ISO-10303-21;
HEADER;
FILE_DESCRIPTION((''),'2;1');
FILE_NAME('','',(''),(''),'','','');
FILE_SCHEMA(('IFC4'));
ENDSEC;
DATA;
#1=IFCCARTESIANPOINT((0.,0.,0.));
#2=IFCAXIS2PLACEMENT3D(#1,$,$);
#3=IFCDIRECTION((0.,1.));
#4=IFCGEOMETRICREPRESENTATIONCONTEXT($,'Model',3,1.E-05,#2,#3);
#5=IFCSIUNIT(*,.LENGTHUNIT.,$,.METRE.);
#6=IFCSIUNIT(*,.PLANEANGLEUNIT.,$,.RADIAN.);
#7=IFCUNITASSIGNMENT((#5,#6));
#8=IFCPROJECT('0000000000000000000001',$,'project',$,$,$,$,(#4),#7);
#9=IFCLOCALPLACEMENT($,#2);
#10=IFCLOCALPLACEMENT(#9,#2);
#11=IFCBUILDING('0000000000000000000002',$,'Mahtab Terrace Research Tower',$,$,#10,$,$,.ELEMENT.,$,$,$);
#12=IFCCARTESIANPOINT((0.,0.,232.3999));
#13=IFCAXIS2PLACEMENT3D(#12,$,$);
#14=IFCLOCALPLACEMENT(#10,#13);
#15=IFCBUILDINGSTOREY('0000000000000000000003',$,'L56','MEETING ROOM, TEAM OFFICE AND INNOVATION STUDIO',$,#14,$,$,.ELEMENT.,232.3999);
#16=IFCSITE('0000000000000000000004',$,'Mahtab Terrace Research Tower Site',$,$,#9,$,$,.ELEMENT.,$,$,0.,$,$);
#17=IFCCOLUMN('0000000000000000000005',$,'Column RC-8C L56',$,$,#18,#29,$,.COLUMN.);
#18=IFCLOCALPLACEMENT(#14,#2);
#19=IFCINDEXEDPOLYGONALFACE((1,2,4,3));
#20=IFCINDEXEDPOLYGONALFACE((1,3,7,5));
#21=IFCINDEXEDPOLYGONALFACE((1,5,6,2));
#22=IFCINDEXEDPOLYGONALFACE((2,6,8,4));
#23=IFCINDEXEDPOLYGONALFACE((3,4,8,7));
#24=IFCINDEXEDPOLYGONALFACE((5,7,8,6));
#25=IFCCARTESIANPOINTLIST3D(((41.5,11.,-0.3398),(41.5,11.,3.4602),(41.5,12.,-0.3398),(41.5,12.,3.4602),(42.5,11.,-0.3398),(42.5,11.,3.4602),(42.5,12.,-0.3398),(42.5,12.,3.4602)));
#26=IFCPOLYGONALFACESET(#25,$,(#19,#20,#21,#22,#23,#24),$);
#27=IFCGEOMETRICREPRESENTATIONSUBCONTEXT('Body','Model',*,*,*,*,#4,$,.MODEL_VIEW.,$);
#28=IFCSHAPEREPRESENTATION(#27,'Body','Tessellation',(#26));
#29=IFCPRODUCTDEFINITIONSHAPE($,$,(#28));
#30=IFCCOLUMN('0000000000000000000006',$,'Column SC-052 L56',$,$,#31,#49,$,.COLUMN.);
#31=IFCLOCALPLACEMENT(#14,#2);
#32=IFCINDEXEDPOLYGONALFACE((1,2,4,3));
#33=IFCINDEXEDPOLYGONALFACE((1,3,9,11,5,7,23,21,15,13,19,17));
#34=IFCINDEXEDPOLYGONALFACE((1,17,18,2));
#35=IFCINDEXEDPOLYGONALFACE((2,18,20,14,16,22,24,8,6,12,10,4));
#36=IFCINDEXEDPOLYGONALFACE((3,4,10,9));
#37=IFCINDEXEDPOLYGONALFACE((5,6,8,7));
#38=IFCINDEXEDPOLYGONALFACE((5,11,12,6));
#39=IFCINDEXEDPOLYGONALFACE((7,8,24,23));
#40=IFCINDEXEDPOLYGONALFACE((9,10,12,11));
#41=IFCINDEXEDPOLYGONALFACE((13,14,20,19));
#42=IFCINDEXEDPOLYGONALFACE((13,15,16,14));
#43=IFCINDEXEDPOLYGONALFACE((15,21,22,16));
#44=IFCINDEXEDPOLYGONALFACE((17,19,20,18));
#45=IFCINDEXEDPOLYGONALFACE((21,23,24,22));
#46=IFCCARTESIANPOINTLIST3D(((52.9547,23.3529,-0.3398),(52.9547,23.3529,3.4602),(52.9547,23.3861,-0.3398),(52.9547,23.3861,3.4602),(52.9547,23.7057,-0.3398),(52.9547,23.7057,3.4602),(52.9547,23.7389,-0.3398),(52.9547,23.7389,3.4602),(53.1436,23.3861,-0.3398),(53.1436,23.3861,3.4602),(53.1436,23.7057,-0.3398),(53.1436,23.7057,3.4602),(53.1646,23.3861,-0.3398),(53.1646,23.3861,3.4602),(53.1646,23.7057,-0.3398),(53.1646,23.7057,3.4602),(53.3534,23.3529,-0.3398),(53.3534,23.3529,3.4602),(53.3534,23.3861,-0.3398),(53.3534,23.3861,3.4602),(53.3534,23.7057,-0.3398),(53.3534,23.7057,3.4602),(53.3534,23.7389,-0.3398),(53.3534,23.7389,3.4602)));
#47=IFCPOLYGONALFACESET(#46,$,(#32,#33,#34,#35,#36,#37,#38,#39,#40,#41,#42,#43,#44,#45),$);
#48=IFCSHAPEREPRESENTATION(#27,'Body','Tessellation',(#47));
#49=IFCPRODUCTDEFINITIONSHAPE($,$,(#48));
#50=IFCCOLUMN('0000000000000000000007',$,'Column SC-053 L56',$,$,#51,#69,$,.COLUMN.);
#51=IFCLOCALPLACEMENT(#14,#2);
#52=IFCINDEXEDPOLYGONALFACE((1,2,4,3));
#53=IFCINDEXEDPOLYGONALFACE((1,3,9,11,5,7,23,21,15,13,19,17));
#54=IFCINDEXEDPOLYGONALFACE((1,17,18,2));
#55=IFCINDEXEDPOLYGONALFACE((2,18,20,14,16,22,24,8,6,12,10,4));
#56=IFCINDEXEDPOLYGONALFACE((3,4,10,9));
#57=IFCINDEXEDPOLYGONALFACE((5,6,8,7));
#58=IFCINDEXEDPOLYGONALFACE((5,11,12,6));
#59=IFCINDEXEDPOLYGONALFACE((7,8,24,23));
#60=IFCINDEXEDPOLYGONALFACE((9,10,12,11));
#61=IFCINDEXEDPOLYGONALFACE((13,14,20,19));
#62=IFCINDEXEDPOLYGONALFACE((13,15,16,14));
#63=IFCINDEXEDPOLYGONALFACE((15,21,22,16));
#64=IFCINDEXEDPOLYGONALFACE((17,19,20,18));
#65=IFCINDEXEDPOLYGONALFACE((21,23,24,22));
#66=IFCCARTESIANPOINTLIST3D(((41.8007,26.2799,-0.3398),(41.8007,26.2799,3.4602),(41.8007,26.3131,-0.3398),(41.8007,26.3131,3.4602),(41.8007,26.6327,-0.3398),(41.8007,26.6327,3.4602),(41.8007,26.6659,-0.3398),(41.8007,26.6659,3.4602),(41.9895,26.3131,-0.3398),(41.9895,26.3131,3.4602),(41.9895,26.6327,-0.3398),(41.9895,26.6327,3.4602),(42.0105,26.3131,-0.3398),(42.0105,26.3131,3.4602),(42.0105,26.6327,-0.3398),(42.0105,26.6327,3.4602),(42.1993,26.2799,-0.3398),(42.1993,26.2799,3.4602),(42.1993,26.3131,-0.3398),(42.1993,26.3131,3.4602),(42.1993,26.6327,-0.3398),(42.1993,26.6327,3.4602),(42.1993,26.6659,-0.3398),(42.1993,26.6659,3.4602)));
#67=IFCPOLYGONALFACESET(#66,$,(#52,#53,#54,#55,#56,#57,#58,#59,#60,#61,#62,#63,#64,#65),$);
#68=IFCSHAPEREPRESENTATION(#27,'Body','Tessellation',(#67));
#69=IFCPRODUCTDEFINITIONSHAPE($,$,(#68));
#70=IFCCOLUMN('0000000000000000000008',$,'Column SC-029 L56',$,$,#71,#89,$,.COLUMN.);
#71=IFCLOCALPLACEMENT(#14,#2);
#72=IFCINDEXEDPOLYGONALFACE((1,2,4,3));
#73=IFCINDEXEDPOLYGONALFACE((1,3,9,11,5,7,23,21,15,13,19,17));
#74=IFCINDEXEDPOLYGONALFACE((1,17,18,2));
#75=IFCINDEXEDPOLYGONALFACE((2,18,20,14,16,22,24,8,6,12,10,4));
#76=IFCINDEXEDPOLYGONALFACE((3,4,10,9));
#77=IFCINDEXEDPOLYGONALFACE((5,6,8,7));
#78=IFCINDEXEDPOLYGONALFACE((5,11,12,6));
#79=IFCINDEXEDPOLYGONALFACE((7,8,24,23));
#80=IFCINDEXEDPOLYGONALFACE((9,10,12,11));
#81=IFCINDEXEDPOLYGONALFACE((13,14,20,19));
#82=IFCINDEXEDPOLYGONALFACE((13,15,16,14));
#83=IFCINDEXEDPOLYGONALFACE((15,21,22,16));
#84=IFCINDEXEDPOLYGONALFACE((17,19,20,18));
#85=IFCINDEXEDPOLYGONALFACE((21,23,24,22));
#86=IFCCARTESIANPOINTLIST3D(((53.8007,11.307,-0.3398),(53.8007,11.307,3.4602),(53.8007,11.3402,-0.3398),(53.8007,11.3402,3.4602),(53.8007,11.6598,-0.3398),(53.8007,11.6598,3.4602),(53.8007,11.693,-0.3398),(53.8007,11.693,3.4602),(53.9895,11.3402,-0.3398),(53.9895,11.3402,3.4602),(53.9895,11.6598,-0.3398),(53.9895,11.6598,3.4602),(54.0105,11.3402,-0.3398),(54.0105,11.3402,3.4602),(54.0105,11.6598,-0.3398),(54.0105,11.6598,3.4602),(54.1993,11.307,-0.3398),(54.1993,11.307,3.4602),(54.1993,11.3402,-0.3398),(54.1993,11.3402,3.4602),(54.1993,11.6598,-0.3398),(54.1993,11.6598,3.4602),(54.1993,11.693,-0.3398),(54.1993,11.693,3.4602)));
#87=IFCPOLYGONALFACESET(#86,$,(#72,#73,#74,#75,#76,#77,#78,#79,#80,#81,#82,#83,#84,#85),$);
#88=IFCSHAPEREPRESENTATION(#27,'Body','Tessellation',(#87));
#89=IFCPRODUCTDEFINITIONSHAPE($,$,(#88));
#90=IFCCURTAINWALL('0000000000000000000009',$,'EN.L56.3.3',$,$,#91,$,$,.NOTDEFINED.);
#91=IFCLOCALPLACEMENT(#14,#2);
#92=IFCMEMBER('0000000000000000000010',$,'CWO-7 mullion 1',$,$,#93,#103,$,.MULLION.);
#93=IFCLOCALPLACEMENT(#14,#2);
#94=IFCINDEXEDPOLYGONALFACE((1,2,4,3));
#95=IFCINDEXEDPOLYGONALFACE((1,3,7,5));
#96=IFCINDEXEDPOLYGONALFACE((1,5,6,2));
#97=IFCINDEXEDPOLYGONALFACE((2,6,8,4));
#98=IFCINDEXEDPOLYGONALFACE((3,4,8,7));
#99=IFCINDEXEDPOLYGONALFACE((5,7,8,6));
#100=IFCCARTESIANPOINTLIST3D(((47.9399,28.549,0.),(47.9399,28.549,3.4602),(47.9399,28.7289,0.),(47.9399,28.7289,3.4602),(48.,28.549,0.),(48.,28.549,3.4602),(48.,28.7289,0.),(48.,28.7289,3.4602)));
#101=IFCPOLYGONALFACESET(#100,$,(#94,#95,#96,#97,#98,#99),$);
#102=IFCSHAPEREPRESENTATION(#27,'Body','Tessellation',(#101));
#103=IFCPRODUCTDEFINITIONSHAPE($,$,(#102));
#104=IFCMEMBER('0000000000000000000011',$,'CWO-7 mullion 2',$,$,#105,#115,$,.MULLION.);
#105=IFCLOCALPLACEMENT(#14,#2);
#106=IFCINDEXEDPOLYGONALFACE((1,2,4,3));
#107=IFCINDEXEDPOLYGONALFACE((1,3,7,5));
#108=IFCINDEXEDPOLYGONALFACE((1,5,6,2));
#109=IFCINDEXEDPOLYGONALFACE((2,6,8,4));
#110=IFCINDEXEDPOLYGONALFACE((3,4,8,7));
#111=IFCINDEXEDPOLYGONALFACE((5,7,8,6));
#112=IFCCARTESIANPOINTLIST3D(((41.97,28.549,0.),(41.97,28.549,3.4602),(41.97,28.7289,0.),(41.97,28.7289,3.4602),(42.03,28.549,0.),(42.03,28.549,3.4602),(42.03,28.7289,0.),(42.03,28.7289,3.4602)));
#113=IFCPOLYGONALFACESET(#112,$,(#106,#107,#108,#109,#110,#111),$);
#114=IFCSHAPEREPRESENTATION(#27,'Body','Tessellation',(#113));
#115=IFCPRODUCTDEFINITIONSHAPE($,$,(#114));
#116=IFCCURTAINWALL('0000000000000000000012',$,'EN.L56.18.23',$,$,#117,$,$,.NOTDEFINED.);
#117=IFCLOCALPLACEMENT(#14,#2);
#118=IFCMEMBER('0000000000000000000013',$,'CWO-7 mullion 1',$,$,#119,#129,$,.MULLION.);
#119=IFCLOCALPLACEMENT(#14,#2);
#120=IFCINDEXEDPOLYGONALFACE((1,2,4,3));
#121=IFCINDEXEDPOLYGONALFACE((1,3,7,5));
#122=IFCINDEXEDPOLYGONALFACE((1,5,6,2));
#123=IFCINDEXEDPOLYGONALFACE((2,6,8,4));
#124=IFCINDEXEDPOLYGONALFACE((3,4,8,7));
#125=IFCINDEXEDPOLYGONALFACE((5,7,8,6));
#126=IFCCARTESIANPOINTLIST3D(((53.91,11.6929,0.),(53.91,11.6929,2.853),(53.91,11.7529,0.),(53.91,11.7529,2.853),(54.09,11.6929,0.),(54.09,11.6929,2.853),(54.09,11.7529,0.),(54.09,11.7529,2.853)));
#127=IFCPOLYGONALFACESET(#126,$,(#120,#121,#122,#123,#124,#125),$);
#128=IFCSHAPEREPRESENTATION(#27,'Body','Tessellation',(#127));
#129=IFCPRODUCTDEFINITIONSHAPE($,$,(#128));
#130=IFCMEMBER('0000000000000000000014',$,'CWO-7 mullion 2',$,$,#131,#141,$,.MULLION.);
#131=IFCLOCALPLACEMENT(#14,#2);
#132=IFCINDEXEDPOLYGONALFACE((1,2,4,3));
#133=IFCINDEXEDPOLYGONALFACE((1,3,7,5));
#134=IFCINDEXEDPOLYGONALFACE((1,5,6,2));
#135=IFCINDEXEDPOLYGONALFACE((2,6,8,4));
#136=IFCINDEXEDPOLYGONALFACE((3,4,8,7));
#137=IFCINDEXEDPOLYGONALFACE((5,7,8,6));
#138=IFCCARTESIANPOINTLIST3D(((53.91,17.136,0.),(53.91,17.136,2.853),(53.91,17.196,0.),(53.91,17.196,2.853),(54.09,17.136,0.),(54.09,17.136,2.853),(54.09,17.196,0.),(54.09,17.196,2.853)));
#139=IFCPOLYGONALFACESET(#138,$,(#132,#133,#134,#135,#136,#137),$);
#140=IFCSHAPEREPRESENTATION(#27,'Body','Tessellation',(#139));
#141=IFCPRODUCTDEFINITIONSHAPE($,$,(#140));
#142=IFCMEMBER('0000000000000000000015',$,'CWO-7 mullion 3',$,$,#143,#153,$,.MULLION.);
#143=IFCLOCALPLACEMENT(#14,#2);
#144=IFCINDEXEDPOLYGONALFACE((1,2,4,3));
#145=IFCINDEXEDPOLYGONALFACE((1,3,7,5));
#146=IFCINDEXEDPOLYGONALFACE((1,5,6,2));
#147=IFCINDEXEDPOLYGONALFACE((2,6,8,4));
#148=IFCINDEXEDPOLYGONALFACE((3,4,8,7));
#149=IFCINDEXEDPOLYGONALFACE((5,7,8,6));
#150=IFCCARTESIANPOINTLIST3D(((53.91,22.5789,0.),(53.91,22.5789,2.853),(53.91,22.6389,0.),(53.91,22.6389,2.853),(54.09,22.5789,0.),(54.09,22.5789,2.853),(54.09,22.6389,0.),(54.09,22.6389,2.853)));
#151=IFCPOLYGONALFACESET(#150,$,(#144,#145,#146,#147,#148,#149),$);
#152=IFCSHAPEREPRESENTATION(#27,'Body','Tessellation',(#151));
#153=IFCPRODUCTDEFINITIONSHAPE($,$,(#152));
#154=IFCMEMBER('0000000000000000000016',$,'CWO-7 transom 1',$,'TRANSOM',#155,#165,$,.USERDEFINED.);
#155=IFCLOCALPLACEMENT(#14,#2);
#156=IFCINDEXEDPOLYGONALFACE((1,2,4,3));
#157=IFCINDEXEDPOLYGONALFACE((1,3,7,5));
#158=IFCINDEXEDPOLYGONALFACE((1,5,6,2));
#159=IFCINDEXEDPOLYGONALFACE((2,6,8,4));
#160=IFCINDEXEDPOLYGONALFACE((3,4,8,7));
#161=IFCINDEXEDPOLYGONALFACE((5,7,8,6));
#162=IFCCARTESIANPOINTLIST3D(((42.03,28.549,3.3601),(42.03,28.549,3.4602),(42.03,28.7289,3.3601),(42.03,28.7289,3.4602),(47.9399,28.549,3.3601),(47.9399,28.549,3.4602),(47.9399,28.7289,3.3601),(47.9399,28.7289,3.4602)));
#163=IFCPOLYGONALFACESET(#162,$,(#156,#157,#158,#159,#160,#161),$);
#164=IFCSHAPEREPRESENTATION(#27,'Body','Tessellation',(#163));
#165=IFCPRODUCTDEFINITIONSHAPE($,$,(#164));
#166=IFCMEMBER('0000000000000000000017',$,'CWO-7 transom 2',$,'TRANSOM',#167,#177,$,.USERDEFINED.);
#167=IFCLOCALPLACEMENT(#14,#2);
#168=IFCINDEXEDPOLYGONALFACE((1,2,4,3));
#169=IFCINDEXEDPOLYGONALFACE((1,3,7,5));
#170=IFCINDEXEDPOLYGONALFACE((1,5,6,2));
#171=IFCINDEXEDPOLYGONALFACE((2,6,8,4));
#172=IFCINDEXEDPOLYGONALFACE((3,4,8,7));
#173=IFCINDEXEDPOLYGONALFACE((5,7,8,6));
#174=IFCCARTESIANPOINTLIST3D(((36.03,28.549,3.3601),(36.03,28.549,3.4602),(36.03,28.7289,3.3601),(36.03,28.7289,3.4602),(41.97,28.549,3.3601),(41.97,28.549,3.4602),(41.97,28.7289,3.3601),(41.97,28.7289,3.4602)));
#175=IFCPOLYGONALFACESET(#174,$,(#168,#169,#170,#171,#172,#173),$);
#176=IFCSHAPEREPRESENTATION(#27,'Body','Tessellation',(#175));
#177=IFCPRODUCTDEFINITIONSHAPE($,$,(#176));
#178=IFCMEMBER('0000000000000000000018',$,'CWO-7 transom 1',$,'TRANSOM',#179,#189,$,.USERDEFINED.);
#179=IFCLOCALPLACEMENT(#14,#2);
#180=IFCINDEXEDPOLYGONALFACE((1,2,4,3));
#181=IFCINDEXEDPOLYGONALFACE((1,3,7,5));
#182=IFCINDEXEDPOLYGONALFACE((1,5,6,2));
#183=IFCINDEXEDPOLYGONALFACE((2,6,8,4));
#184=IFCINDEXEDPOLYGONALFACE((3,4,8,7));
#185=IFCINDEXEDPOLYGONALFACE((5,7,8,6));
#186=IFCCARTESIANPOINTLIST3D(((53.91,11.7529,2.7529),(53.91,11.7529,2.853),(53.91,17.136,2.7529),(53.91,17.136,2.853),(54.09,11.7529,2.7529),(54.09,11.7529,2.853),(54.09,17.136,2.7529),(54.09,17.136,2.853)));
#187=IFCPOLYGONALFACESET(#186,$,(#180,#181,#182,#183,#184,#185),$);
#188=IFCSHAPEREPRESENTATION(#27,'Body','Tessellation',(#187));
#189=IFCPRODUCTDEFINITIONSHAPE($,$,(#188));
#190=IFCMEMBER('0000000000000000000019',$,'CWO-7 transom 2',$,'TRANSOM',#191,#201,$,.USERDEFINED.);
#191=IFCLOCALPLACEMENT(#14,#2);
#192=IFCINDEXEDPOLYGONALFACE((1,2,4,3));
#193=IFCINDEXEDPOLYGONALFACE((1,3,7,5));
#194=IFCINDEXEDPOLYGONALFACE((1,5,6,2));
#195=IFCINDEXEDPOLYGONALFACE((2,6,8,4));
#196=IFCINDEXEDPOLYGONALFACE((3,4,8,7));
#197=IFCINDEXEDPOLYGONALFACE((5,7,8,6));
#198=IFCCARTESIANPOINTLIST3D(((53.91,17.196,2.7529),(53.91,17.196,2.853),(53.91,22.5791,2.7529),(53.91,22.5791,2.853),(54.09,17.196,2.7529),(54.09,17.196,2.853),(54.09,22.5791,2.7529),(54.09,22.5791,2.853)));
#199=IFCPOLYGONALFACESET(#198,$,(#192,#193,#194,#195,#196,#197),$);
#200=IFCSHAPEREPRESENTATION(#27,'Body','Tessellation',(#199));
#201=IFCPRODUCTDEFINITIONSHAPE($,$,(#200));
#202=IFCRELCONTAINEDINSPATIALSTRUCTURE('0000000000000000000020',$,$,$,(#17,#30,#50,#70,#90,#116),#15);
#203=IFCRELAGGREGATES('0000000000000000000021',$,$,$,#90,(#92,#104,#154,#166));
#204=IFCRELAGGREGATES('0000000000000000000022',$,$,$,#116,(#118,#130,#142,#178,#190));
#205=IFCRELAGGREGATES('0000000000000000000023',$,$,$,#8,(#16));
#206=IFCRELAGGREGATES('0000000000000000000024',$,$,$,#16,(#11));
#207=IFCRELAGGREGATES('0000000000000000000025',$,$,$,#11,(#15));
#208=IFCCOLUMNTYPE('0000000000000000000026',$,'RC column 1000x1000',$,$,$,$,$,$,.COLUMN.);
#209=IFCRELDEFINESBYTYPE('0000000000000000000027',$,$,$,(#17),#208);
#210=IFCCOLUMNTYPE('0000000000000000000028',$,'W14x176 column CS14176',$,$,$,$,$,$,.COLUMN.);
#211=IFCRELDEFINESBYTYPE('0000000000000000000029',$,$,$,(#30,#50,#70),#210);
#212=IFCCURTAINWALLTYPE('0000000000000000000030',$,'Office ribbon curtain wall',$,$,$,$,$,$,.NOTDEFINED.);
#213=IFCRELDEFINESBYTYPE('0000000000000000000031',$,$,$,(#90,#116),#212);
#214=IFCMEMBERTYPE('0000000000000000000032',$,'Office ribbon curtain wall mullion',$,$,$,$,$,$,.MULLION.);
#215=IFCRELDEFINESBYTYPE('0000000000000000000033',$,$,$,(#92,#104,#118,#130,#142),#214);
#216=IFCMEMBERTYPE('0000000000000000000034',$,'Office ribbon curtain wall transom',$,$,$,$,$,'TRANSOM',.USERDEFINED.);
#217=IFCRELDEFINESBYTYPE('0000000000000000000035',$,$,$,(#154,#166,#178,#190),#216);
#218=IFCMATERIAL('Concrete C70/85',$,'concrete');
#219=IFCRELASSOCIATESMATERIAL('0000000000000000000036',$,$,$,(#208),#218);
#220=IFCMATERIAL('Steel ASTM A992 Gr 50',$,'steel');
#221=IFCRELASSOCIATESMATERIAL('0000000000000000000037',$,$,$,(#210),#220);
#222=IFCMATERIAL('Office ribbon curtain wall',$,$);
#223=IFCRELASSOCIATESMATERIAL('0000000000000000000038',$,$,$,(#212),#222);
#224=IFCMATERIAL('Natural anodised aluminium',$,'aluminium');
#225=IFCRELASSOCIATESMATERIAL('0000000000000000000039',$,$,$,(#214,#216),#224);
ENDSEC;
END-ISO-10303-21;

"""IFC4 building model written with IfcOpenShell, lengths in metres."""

from ifc_helpers import new_model, si_unit, direction, frame, origin, origin_2d, place, context, subcontext, project, spatial, rectangle, i_section, extrude, material, material_profile, profile_set, type_object, element, aggregate, save


model = new_model("IFC4")

# Units and contexts
model_context = context("Model", 3, precision=1e-05, world=origin(), true_north=direction((0.0, 1.0)))
body_context = subcontext(model_context, "Body", "Model", "MODEL_VIEW")
ifc_project = project(units=[si_unit("LENGTHUNIT", "METRE"), si_unit("PLANEANGLEUNIT", "RADIAN")], contexts=[model_context])

# Site, building, storey
site_placement = place(None, origin())
site = spatial("IfcSite", under=ifc_project, at=site_placement, Name="Mahtab Terrace Research Tower Site", CompositionType="ELEMENT", RefElevation=0.0)
building_placement = place(site_placement, origin())
building = spatial("IfcBuilding", under=site, at=building_placement, Name="Mahtab Terrace Research Tower", CompositionType="ELEMENT")
storey_placement = place(building_placement, frame((0.0, 0.0, 232.3999)))
storey = spatial("IfcBuildingStorey", under=building, at=storey_placement, Name="L56", Description="MEETING ROOM, TEAM OFFICE AND INNOVATION STUDIO", CompositionType="ELEMENT", Elevation=232.3999)

# Columns
ifc_material_1 = material(Name="Concrete C70/85", Category="concrete")
ifc_material_profile_1 = material_profile(ifc_material_1, rectangle(XDim=1.0, YDim=1.0, at=origin_2d()), Name="RC column 1000x1000")
ifc_profile_set_1 = profile_set([ifc_material_profile_1], Name="Concrete C70/85")
column_type_1 = type_object("IfcColumnType", Name="RC column 1000x1000", PredefinedType="COLUMN", material=ifc_profile_set_1)
column_placement = place(storey_placement, frame((42.0, 11.5, -0.3398), z_axis=(0.0, 0.0, 1.0), x_axis=(1.0, 0.0, 0.0)))
element("IfcColumn", 1, at=column_placement, inside=storey, type_object=column_type_1, Name="Column RC-8C L56", PredefinedType="COLUMN", context=body_context, shape_type="SweptSolid", body=[
    extrude(rectangle(XDim=1.0, YDim=1.0, at=origin_2d()), origin(), (0.0, 0.0, 1.0), 3.8),
])
ifc_material_2 = material(Name="Steel ASTM A992 Gr 50", Category="steel")
ifc_material_profile_2 = material_profile(ifc_material_2, i_section(OverallWidth=0.3987, OverallDepth=0.386, WebThickness=0.021, FlangeThickness=0.0332, at=origin_2d()), Name="W14X176")
ifc_profile_set_2 = profile_set([ifc_material_profile_2], Name="Steel ASTM A992 Gr 50")
column_type_2 = type_object("IfcColumnType", Name="W14x176 column CS14176", PredefinedType="COLUMN", material=ifc_profile_set_2)
for number, where, z_axis, x_axis, name in (
    (2, (53.1541, 23.5459, -0.3398), (0.0, 0.0, 1.0), (1.0, 0.0, 0.0), "Column SC-052 L56"),
    (3, (42.0, 26.4729, -0.3398), (0.0, 0.0, 1.0), (1.0, 0.0, 0.0), "Column SC-053 L56"),
    (4, (54.0, 11.5, -0.3398), (0.0, 0.0, 1.0), (1.0, 0.0, 0.0), "Column SC-029 L56"),
):
    element("IfcColumn", number, at=place(storey_placement, frame(where, z_axis=z_axis, x_axis=x_axis)), inside=storey, type_object=column_type_2, Name=name, PredefinedType="COLUMN", context=body_context, shape_type="SweptSolid", body=[
        extrude(i_section(OverallWidth=0.3987, OverallDepth=0.386, WebThickness=0.021, FlangeThickness=0.0332, at=origin_2d()), origin(), (0.0, 0.0, 1.0), 3.8),
    ])

# Curtain walls, members
ifc_material_3 = material(Name="Office ribbon curtain wall")
curtain_wall_type = type_object("IfcCurtainWallType", Name="Office ribbon curtain wall", PredefinedType="NOTDEFINED", material=ifc_material_3)
curtain_wall_1_placement = place(storey_placement, origin())
curtain_wall_1 = element("IfcCurtainWall", 5, at=curtain_wall_1_placement, inside=storey, type_object=curtain_wall_type, Name="EN.L56.3.3", PredefinedType="NOTDEFINED")
ifc_material_4 = material(Name="Natural anodised aluminium", Category="aluminium")
ifc_material_profile_3 = material_profile(ifc_material_4, rectangle(XDim=0.1799, YDim=0.0601, at=origin_2d()), Name="MULLION 60x180")
ifc_profile_set_3 = profile_set([ifc_material_profile_3], Name="Natural anodised aluminium")
member_type_1 = type_object("IfcMemberType", Name="Office ribbon curtain wall mullion", PredefinedType="MULLION", material=ifc_profile_set_3)
member_1_placement = place(storey_placement, frame((47.97, 28.6389, 0.0), z_axis=(0.0, 0.0, 1.0), x_axis=(0.0, -1.0, 0.0)))
member_1 = element("IfcMember", 6, at=member_1_placement, type_object=member_type_1, Name="CWO-7 mullion 1", PredefinedType="MULLION", context=body_context, shape_type="SweptSolid", body=[
    extrude(rectangle(XDim=0.1799, YDim=0.0601, at=origin_2d()), origin(), (0.0, 0.0, 1.0), 3.4602),
])
member_2_placement = place(storey_placement, frame((42.0, 28.6389, 0.0), z_axis=(0.0, 0.0, 1.0), x_axis=(0.0, -1.0, 0.0)))
member_2 = element("IfcMember", 7, at=member_2_placement, type_object=member_type_1, Name="CWO-7 mullion 2", PredefinedType="MULLION", context=body_context, shape_type="SweptSolid", body=[
    extrude(rectangle(XDim=0.1799, YDim=0.0601, at=origin_2d()), origin(), (0.0, 0.0, 1.0), 3.4602),
])
curtain_wall_2_placement = place(storey_placement, origin())
curtain_wall_2 = element("IfcCurtainWall", 8, at=curtain_wall_2_placement, inside=storey, type_object=curtain_wall_type, Name="EN.L56.18.23", PredefinedType="NOTDEFINED")
member_3_placement = place(storey_placement, frame((54.0, 11.7229, 0.0), z_axis=(0.0, 0.0, 1.0), x_axis=(-1.0, 0.0, 0.0)))
member_3 = element("IfcMember", 9, at=member_3_placement, type_object=member_type_1, Name="CWO-7 mullion 1", PredefinedType="MULLION", context=body_context, shape_type="SweptSolid", body=[
    extrude(rectangle(XDim=0.1799, YDim=0.0601, at=origin_2d()), origin(), (0.0, 0.0, 1.0), 2.853),
])
member_4_placement = place(storey_placement, frame((54.0, 17.166, 0.0), z_axis=(0.0, 0.0, 1.0), x_axis=(-1.0, 0.0, 0.0)))
member_4 = element("IfcMember", 10, at=member_4_placement, type_object=member_type_1, Name="CWO-7 mullion 2", PredefinedType="MULLION", context=body_context, shape_type="SweptSolid", body=[
    extrude(rectangle(XDim=0.1799, YDim=0.0601, at=origin_2d()), origin(), (0.0, 0.0, 1.0), 2.853),
])
member_5_placement = place(storey_placement, frame((54.0, 22.6089, 0.0), z_axis=(0.0, 0.0, 1.0), x_axis=(-1.0, 0.0, 0.0)))
member_5 = element("IfcMember", 11, at=member_5_placement, type_object=member_type_1, Name="CWO-7 mullion 3", PredefinedType="MULLION", context=body_context, shape_type="SweptSolid", body=[
    extrude(rectangle(XDim=0.1799, YDim=0.0601, at=origin_2d()), origin(), (0.0, 0.0, 1.0), 2.853),
])

# Members
ifc_material_profile_4 = material_profile(ifc_material_4, rectangle(XDim=0.1799, YDim=0.1001, at=origin_2d()), Name="TRANSOM 100x180")
ifc_profile_set_4 = profile_set([ifc_material_profile_4], Name="Natural anodised aluminium")
member_type_2 = type_object("IfcMemberType", Name="Office ribbon curtain wall transom", ElementType="TRANSOM", PredefinedType="USERDEFINED", material=ifc_profile_set_4)
member_6_placement = place(storey_placement, frame((47.9399, 28.6389, 3.4102), z_axis=(-1.0, 0.0, 0.0), x_axis=(0.0, -1.0, 0.0)))
member_6 = element("IfcMember", 12, at=member_6_placement, type_object=member_type_2, Name="CWO-7 transom 1", ObjectType="TRANSOM", PredefinedType="USERDEFINED", context=body_context, shape_type="SweptSolid", body=[
    extrude(rectangle(XDim=0.1799, YDim=0.1001, at=origin_2d()), origin(), (0.0, 0.0, 1.0), 5.9099),
])
member_7_placement = place(storey_placement, frame((41.97, 28.6389, 3.4102), z_axis=(-1.0, 0.0, 0.0), x_axis=(0.0, -1.0, 0.0)))
member_7 = element("IfcMember", 13, at=member_7_placement, type_object=member_type_2, Name="CWO-7 transom 2", ObjectType="TRANSOM", PredefinedType="USERDEFINED", context=body_context, shape_type="SweptSolid", body=[
    extrude(rectangle(XDim=0.1799, YDim=0.1001, at=origin_2d()), origin(), (0.0, 0.0, 1.0), 5.9399),
])
member_8_placement = place(storey_placement, frame((54.0, 11.7529, 2.803), z_axis=(0.0, 1.0, 0.0), x_axis=(-1.0, 0.0, 0.0)))
member_8 = element("IfcMember", 14, at=member_8_placement, type_object=member_type_2, Name="CWO-7 transom 1", ObjectType="TRANSOM", PredefinedType="USERDEFINED", context=body_context, shape_type="SweptSolid", body=[
    extrude(rectangle(XDim=0.1799, YDim=0.1001, at=origin_2d()), origin(), (0.0, 0.0, 1.0), 5.3831),
])
member_9_placement = place(storey_placement, frame((54.0, 17.196, 2.803), z_axis=(0.0, 1.0, 0.0), x_axis=(-1.0, 0.0, 0.0)))
member_9 = element("IfcMember", 15, at=member_9_placement, type_object=member_type_2, Name="CWO-7 transom 2", ObjectType="TRANSOM", PredefinedType="USERDEFINED", context=body_context, shape_type="SweptSolid", body=[
    extrude(rectangle(XDim=0.1799, YDim=0.1001, at=origin_2d()), origin(), (0.0, 0.0, 1.0), 5.3831),
])

aggregate(curtain_wall_1, [member_1, member_2, member_6, member_7])
aggregate(curtain_wall_2, [member_3, member_4, member_5, member_8, member_9])

save(model, "model.ifc")
